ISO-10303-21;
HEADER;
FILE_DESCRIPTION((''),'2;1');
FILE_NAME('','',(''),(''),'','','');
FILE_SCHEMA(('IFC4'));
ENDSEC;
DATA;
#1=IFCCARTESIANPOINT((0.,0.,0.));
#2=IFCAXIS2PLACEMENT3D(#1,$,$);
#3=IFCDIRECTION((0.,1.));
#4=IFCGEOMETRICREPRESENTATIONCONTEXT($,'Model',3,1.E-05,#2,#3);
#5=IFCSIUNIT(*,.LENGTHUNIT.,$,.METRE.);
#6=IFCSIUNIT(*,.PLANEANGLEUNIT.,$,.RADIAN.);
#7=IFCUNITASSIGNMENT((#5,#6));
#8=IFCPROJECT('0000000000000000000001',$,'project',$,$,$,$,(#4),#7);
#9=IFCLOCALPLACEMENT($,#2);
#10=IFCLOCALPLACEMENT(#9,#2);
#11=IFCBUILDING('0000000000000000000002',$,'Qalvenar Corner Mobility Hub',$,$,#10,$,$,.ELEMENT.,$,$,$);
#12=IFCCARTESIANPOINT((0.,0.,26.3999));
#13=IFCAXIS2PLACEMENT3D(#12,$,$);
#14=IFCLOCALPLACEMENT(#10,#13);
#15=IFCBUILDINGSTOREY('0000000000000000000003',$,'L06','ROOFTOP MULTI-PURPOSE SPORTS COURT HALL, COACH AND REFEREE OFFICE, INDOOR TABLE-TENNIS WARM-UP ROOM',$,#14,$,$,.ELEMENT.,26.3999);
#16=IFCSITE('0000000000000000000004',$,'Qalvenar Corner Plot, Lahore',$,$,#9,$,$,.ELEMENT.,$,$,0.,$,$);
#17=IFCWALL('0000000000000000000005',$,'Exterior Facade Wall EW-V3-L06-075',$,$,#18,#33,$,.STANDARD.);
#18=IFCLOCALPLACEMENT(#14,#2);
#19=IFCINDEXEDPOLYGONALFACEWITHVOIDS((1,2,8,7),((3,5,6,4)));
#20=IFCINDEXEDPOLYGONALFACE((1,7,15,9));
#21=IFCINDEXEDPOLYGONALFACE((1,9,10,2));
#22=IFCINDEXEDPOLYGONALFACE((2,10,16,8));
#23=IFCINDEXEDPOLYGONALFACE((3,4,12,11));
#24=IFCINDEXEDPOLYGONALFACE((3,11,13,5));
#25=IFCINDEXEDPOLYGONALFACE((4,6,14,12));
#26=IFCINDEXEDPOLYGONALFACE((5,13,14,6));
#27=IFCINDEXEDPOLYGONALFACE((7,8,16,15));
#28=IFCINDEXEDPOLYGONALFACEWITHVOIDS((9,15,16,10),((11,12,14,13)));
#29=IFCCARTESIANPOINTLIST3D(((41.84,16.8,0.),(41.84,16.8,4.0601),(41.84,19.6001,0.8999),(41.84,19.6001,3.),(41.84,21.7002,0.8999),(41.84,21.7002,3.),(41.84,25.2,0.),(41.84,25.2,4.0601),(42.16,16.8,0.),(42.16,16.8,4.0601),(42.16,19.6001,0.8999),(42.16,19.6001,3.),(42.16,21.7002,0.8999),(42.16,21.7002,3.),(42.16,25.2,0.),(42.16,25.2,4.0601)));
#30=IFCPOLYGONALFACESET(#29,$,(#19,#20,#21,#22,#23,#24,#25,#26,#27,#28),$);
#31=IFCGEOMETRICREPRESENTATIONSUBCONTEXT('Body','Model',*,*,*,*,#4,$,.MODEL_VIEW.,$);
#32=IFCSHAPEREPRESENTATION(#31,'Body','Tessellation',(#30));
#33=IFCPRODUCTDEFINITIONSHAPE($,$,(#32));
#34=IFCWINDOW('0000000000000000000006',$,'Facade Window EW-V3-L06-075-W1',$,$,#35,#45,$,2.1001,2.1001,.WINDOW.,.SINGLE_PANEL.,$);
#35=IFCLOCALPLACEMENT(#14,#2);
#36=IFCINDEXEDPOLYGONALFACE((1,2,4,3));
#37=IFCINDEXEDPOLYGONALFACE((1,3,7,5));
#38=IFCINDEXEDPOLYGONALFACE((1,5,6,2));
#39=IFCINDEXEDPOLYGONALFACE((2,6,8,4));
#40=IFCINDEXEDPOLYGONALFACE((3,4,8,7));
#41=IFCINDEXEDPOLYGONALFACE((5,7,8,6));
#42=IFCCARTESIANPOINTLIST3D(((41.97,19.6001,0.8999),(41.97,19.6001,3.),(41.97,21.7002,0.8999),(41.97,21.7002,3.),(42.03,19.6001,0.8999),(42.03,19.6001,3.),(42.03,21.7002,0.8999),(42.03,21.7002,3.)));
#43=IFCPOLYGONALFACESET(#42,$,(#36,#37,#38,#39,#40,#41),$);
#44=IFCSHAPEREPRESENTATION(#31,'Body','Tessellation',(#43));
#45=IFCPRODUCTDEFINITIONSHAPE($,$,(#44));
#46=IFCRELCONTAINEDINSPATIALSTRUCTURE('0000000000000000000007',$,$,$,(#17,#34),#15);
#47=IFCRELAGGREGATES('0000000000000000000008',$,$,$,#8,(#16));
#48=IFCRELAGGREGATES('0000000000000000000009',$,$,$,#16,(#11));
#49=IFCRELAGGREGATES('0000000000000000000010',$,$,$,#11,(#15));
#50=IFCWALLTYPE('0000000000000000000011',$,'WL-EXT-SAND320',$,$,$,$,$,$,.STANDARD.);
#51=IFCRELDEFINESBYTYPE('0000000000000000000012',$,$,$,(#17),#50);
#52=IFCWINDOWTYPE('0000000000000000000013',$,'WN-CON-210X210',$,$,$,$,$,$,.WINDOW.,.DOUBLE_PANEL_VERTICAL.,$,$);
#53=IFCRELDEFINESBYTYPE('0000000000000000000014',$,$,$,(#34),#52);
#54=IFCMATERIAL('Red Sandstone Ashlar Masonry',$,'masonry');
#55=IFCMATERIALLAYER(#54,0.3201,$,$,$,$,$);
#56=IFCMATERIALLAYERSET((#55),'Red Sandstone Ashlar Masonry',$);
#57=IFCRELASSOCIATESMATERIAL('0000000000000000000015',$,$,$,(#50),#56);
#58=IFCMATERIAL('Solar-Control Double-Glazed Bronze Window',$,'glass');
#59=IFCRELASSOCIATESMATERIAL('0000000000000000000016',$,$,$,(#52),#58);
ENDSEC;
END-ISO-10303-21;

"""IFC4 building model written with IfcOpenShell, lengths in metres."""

from ifc_helpers import new_model, si_unit, direction, frame, frame_2d, origin, place, context, subcontext, project, spatial, rectangle, extrude, material, layer, layer_set, type_object, element, fill, save


model = new_model("IFC4")

# Units and contexts
model_context = context("Model", 3, precision=1e-05, world=origin(), true_north=direction((0.0, 1.0)))
body_context = subcontext(model_context, "Body", "Model", "MODEL_VIEW")
ifc_project = project(units=[si_unit("LENGTHUNIT", "METRE"), si_unit("PLANEANGLEUNIT", "RADIAN")], contexts=[model_context])

# Site, building, storey
site_placement = place(None, origin())
site = spatial("IfcSite", under=ifc_project, at=site_placement, Name="Qalvenar Corner Plot, Lahore", CompositionType="ELEMENT", RefElevation=0.0)
building_placement = place(site_placement, origin())
building = spatial("IfcBuilding", under=site, at=building_placement, Name="Qalvenar Corner Mobility Hub", CompositionType="ELEMENT")
storey_placement = place(building_placement, frame((0.0, 0.0, 26.3999)))
storey = spatial("IfcBuildingStorey", under=building, at=storey_placement, Name="L06", Description="ROOFTOP MULTI-PURPOSE SPORTS COURT HALL, COACH AND REFEREE OFFICE, INDOOR TABLE-TENNIS WARM-UP ROOM", CompositionType="ELEMENT", Elevation=26.3999)

# Wall, opening, window
ifc_material_1 = material(Name="Red Sandstone Ashlar Masonry", Category="masonry")
ifc_layer_1 = layer(ifc_material_1, 0.3201)
ifc_layer_set_1 = layer_set([ifc_layer_1], Name="Red Sandstone Ashlar Masonry")
wall_type_1 = type_object("IfcWallType", Name="WL-EXT-SAND320", PredefinedType="STANDARD", material=ifc_layer_set_1)
wall_1_placement = place(storey_placement, frame((42.0, 16.8, 0.0), z_axis=(0.0, 0.0, 1.0), x_axis=(0.0, 1.0, 0.0)))
wall_1 = element("IfcWall", 1, at=wall_1_placement, inside=storey, type_object=wall_type_1, Name="Exterior Facade Wall EW-V3-L06-075", PredefinedType="STANDARD", context=body_context, shape_type="SweptSolid", body=[
    extrude(rectangle(XDim=8.3999, YDim=0.3201, at=frame_2d((4.2, 0.0))), origin(), (0.0, 0.0, 1.0), 4.0601),
])
opening_placement = place(wall_1_placement, frame((2.8, 0.0, 0.8999)))
opening = element("IfcOpeningElement", 2, at=opening_placement, cuts=wall_1, PredefinedType="OPENING", context=body_context, shape_type="SweptSolid", body=[
    extrude(rectangle(XDim=2.1001, YDim=2.1001, at=frame_2d((1.05, 1.05))), frame((0.0, 0.1699, 0.0), z_axis=(0.0, -1.0, 0.0), x_axis=(1.0, 0.0, 0.0)), (0.0, 0.0, 1.0), 0.3401),
])
ifc_material_2 = material(Name="Solar-Control Double-Glazed Bronze Window", Category="glass")
window_type = type_object("IfcWindowType", Name="WN-CON-210X210", PartitioningType="DOUBLE_PANEL_VERTICAL", PredefinedType="WINDOW", material=ifc_material_2)
window_placement = place(opening_placement, origin())
window = element("IfcWindow", 3, at=window_placement, inside=storey, type_object=window_type, Name="Facade Window EW-V3-L06-075-W1", OverallHeight=2.1001, OverallWidth=2.1001, PartitioningType="SINGLE_PANEL", PredefinedType="WINDOW", context=body_context, shape_type="SweptSolid", body=[
    extrude(rectangle(XDim=2.1001, YDim=2.1001, at=frame_2d((1.05, 1.05))), frame((0.0, 0.03, 0.0), z_axis=(0.0, -1.0, 0.0), x_axis=(1.0, 0.0, 0.0)), (0.0, 0.0, 1.0), 0.0601),
])
fill(opening, window)

save(model, "model.ifc")
